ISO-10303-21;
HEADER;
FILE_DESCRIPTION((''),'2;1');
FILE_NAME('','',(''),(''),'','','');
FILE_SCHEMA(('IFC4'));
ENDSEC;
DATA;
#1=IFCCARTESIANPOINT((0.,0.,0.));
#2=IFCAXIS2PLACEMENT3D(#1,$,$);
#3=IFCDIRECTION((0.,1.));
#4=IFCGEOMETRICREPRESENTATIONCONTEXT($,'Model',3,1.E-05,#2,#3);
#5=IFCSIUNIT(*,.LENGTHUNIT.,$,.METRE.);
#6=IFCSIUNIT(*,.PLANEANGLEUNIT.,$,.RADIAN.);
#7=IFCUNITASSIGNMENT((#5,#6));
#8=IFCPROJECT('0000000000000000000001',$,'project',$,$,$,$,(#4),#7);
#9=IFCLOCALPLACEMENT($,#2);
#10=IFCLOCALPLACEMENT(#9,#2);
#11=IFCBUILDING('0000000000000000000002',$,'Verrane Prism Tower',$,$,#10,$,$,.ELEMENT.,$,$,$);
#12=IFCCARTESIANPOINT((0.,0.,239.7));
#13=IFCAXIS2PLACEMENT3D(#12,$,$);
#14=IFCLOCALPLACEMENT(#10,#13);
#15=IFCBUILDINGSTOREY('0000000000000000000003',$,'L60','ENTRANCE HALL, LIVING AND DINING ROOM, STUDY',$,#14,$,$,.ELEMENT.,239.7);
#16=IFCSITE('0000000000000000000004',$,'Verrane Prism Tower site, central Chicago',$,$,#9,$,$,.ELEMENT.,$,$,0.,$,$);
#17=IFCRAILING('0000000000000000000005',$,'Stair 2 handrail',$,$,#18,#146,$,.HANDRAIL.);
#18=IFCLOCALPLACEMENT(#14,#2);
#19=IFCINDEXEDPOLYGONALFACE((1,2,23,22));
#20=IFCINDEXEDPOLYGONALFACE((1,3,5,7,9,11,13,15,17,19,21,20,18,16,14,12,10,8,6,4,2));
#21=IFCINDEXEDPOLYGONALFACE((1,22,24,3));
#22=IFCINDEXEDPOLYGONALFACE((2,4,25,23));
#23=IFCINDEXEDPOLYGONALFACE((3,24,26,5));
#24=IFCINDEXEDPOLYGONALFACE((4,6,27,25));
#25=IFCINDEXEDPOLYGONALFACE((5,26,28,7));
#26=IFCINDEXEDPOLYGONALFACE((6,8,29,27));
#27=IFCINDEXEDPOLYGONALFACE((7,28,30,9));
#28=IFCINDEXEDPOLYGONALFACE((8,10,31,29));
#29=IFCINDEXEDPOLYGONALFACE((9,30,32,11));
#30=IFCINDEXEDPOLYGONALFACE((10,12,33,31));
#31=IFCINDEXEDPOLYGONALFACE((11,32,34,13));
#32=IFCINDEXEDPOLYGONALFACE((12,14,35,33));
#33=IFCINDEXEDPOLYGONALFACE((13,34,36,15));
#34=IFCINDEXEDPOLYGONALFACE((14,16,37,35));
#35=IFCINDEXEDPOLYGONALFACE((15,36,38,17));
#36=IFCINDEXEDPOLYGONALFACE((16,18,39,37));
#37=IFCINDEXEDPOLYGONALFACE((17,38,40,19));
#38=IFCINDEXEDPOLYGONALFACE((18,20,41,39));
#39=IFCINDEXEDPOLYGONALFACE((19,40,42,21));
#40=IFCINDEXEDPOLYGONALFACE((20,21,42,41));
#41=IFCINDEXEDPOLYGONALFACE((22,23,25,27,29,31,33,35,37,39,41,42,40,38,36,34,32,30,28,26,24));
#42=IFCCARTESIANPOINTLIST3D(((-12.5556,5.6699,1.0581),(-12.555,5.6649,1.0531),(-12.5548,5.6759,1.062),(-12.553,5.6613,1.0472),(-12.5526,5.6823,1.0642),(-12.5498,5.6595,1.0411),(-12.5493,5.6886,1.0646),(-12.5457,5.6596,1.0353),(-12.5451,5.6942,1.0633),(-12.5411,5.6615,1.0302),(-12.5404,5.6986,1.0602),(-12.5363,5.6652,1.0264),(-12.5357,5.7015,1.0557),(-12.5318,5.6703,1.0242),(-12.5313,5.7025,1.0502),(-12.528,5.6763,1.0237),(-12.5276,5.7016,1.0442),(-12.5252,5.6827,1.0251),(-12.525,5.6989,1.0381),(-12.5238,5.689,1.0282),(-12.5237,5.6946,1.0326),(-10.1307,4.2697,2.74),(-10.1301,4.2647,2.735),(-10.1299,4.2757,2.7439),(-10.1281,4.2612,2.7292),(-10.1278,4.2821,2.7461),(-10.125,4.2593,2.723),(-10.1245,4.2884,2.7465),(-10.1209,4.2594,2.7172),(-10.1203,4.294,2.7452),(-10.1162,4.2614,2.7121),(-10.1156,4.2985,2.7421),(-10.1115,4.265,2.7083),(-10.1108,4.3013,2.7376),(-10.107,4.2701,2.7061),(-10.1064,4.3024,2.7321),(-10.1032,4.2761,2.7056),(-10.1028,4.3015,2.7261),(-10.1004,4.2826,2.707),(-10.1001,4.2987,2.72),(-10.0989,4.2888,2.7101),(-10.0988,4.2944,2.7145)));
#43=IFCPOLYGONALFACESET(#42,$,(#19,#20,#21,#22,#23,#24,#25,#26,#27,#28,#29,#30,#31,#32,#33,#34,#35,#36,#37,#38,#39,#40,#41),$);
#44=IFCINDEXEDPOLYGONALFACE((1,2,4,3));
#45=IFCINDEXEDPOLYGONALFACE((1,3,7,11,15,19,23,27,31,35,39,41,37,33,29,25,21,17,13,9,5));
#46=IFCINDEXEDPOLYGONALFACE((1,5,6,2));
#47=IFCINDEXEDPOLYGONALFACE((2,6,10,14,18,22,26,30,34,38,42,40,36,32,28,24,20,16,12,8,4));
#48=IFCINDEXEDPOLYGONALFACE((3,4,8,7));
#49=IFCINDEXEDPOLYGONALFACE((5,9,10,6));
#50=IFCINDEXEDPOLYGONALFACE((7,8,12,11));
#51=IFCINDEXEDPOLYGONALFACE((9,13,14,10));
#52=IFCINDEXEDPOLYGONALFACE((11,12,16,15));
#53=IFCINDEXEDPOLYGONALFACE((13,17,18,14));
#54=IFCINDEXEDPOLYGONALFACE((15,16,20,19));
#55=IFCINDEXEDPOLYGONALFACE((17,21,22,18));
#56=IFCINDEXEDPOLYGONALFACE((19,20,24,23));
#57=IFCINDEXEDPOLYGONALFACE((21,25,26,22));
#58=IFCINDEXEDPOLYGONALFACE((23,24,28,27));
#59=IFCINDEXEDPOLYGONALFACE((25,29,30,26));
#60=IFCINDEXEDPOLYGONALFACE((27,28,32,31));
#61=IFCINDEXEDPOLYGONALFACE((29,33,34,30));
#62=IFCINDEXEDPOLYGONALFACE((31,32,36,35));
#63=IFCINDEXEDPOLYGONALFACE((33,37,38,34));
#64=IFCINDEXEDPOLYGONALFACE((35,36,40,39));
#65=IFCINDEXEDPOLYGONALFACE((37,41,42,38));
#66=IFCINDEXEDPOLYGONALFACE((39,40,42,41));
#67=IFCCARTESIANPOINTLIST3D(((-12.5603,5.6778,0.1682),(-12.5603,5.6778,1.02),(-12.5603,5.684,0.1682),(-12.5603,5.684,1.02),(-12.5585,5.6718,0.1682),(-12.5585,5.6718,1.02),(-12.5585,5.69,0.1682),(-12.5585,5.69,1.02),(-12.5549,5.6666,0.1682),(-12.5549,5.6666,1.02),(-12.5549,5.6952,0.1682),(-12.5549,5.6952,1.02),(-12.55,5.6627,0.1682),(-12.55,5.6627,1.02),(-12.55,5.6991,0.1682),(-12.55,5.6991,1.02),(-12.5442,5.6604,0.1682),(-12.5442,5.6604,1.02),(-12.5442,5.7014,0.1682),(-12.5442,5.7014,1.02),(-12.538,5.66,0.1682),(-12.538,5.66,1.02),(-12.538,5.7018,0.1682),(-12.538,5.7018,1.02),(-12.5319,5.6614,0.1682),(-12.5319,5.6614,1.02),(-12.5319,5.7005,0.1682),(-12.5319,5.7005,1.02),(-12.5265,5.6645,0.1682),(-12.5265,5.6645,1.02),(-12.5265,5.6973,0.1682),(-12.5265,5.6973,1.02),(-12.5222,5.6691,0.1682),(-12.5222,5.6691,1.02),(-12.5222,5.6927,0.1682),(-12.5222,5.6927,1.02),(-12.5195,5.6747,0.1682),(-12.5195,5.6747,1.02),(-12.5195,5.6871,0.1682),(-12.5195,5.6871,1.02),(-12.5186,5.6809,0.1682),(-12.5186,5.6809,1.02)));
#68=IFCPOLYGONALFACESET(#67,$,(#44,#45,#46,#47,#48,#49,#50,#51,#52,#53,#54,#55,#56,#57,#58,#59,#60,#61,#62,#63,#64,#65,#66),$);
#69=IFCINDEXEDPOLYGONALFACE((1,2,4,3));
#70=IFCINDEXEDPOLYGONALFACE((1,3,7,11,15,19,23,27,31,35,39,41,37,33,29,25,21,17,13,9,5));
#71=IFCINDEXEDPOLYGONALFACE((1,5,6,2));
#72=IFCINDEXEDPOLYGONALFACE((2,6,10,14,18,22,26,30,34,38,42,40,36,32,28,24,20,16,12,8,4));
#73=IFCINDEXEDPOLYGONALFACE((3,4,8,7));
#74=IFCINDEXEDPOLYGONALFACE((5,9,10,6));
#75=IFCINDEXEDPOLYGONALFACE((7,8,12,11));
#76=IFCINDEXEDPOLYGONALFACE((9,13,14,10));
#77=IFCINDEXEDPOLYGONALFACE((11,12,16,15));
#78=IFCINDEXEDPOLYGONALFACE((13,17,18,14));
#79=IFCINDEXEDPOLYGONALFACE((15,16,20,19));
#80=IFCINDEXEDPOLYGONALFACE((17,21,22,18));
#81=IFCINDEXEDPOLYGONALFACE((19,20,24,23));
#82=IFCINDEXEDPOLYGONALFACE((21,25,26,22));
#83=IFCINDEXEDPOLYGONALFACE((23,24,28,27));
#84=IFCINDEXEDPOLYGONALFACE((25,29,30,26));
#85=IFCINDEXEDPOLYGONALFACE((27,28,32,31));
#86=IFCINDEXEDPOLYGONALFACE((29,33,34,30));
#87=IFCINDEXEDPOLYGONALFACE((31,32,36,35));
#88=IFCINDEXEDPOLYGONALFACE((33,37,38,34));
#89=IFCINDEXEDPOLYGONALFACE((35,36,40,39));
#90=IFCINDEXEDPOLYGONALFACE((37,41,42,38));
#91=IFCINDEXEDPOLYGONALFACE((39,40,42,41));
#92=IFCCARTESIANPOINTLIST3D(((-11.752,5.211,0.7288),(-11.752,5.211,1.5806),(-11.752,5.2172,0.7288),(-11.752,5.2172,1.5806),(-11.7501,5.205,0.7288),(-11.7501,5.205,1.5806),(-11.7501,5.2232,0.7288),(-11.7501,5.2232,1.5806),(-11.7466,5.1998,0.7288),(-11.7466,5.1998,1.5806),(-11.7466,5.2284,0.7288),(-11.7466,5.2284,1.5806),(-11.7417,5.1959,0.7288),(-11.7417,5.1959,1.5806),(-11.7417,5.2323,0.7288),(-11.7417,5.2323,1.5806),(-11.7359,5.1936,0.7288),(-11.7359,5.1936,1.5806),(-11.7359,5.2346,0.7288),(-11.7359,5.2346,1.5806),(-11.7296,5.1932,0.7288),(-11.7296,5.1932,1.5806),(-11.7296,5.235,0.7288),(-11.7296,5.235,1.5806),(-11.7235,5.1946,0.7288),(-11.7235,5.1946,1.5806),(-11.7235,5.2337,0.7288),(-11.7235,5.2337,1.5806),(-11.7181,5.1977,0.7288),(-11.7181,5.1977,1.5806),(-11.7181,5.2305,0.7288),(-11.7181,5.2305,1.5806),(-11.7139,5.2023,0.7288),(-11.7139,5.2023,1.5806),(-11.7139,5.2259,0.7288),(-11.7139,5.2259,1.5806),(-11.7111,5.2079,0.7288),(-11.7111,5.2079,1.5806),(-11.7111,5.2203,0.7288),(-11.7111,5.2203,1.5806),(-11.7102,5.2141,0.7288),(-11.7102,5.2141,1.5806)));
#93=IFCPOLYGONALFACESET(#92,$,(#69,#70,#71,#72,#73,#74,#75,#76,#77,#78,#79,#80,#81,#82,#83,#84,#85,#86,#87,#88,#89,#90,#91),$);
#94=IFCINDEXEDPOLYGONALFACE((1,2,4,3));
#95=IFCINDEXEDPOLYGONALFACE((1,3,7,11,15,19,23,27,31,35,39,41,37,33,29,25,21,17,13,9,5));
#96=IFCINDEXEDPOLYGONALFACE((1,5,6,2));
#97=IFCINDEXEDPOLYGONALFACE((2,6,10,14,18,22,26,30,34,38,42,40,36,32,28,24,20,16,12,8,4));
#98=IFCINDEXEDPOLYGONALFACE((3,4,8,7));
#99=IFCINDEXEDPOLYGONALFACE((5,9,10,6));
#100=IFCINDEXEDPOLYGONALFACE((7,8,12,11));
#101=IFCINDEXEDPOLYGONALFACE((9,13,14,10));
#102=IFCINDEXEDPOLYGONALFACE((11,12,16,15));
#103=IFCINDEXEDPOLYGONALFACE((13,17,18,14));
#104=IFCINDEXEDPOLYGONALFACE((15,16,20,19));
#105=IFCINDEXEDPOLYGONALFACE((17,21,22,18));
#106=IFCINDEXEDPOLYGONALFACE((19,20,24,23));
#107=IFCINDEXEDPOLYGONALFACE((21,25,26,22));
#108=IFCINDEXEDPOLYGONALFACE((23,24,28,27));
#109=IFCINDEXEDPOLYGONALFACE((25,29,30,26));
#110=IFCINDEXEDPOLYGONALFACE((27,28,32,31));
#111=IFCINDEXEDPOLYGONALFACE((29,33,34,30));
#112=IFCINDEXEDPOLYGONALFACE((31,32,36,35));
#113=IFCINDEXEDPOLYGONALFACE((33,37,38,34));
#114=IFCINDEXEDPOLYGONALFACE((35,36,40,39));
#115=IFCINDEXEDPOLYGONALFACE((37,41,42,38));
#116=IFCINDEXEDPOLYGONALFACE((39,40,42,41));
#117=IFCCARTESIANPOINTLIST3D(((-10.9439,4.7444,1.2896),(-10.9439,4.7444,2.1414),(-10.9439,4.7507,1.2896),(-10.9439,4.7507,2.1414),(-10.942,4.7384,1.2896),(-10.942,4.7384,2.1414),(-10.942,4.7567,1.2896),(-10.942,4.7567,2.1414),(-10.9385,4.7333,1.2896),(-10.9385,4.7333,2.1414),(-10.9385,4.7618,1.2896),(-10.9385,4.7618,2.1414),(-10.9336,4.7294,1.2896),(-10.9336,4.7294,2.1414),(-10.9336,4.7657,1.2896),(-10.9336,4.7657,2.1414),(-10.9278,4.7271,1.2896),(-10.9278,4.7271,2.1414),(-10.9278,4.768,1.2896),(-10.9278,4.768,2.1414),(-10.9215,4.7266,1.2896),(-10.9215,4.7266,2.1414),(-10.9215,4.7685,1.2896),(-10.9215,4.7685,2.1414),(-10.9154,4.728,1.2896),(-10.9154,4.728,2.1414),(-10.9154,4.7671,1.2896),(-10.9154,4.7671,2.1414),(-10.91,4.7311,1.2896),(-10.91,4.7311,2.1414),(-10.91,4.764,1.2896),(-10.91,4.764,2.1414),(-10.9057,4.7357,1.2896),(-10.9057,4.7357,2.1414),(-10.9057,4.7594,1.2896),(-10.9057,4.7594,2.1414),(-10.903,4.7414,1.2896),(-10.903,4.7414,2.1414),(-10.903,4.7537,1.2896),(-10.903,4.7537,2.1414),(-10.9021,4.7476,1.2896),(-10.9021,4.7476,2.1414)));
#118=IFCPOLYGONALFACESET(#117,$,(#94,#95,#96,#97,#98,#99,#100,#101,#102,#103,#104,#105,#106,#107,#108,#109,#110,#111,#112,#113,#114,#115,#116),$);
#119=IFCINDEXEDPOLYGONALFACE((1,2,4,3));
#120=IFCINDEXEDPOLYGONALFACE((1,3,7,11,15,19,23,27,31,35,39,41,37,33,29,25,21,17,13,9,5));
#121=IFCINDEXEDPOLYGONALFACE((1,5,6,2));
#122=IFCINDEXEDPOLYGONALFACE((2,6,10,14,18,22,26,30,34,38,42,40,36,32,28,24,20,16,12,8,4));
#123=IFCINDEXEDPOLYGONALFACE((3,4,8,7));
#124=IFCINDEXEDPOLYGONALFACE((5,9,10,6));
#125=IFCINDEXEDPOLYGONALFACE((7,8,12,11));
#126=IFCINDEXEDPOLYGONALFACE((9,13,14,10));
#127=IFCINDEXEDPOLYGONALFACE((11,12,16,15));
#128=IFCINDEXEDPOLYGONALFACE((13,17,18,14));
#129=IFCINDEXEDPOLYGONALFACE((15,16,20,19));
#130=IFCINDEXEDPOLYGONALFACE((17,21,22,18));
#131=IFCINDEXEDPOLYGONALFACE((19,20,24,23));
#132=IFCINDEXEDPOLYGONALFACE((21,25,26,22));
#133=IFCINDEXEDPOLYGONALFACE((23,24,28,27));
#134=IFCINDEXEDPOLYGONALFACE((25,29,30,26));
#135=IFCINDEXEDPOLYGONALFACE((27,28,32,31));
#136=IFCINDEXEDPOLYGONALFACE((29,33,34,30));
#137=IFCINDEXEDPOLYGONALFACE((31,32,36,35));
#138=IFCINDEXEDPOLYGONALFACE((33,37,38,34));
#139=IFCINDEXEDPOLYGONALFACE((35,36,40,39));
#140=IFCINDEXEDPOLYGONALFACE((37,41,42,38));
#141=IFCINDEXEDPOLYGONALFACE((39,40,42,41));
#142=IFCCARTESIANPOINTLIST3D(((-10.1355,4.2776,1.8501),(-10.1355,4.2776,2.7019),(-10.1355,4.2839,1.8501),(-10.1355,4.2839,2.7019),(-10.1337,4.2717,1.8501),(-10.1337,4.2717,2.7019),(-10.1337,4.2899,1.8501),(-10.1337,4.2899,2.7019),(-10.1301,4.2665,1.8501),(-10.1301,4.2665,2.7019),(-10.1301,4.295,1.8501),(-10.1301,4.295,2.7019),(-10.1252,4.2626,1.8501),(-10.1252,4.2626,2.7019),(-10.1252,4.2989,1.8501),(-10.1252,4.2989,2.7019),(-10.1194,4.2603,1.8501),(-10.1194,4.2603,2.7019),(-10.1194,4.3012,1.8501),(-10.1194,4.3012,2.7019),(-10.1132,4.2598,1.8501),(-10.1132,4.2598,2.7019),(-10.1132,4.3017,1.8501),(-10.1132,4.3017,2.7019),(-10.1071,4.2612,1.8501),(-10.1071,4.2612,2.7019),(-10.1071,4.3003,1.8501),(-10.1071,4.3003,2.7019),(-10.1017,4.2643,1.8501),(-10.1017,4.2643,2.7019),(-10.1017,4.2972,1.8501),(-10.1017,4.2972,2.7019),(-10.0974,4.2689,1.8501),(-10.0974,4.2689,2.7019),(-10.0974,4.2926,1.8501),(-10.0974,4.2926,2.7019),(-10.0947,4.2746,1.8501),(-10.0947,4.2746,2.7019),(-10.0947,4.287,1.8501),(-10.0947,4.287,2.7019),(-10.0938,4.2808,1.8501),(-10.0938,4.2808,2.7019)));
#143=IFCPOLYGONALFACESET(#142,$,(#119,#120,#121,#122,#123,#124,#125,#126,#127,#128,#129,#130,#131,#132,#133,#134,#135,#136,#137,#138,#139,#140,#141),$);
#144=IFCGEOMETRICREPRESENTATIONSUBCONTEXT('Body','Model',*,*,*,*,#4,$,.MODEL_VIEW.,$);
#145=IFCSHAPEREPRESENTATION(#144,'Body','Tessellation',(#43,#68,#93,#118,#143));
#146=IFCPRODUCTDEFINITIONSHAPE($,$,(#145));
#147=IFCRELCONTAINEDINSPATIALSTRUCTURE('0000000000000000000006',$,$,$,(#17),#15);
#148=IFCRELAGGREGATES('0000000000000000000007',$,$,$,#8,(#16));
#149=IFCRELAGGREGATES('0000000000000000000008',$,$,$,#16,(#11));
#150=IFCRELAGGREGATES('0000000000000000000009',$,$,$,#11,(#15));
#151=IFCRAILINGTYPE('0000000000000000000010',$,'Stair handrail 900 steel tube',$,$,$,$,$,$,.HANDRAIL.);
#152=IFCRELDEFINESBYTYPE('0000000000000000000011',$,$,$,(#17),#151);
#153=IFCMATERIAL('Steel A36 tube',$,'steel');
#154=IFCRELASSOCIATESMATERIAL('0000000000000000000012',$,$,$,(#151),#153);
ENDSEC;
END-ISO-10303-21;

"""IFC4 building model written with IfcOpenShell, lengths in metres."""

from ifc_helpers import new_model, si_unit, direction, frame, origin, origin_2d, place, context, subcontext, project, spatial, circle, extrude, material, type_object, element, save


model = new_model("IFC4")

# Units and contexts
model_context = context("Model", 3, precision=1e-05, world=origin(), true_north=direction((0.0, 1.0)))
body_context = subcontext(model_context, "Body", "Model", "MODEL_VIEW")
ifc_project = project(units=[si_unit("LENGTHUNIT", "METRE"), si_unit("PLANEANGLEUNIT", "RADIAN")], contexts=[model_context])

# Site, building, storey
site_placement = place(None, origin())
site = spatial("IfcSite", under=ifc_project, at=site_placement, Name="Verrane Prism Tower site, central Chicago", CompositionType="ELEMENT", RefElevation=0.0)
building_placement = place(site_placement, origin())
building = spatial("IfcBuilding", under=site, at=building_placement, Name="Verrane Prism Tower", CompositionType="ELEMENT")
storey_placement = place(building_placement, frame((0.0, 0.0, 239.7)))
storey = spatial("IfcBuildingStorey", under=building, at=storey_placement, Name="L60", Description="ENTRANCE HALL, LIVING AND DINING ROOM, STUDY", CompositionType="ELEMENT", Elevation=239.7)

# Railing
ifc_material_1 = material(Name="Steel A36 tube", Category="steel")
railing_type_1 = type_object("IfcRailingType", Name="Stair handrail 900 steel tube", PredefinedType="HANDRAIL", material=ifc_material_1)
railing_1_placement = place(storey_placement, frame((-12.5396, 5.6809, 0.1682)))
element("IfcRailing", 1, at=railing_1_placement, inside=storey, type_object=railing_type_1, Name="Stair 2 handrail", PredefinedType="HANDRAIL", context=body_context, shape_type="SweptSolid", body=[
    extrude(circle(Radius=0.0239, at=origin_2d()), frame((0.0, 0.0, 0.876), z_axis=(0.742367, -0.428662, 0.514918), x_axis=(0.50005, 0.865997, 0.0)), (0.0, 0.0, 1.0), 3.2664),
    extrude(circle(Radius=0.021, at=origin_2d()), origin(), (0.0, 0.0, 1.0), 0.8518),
    extrude(circle(Radius=0.021, at=origin_2d()), frame((0.8083, -0.4668, 0.5605)), (0.0, 0.0, 1.0), 0.8518),
    extrude(circle(Radius=0.021, at=origin_2d()), frame((1.6165, -0.9333, 1.1213)), (0.0, 0.0, 1.0), 0.8518),
    extrude(circle(Radius=0.021, at=origin_2d()), frame((2.4248, -1.4001, 1.6819)), (0.0, 0.0, 1.0), 0.8518),
])

save(model, "model.ifc")
